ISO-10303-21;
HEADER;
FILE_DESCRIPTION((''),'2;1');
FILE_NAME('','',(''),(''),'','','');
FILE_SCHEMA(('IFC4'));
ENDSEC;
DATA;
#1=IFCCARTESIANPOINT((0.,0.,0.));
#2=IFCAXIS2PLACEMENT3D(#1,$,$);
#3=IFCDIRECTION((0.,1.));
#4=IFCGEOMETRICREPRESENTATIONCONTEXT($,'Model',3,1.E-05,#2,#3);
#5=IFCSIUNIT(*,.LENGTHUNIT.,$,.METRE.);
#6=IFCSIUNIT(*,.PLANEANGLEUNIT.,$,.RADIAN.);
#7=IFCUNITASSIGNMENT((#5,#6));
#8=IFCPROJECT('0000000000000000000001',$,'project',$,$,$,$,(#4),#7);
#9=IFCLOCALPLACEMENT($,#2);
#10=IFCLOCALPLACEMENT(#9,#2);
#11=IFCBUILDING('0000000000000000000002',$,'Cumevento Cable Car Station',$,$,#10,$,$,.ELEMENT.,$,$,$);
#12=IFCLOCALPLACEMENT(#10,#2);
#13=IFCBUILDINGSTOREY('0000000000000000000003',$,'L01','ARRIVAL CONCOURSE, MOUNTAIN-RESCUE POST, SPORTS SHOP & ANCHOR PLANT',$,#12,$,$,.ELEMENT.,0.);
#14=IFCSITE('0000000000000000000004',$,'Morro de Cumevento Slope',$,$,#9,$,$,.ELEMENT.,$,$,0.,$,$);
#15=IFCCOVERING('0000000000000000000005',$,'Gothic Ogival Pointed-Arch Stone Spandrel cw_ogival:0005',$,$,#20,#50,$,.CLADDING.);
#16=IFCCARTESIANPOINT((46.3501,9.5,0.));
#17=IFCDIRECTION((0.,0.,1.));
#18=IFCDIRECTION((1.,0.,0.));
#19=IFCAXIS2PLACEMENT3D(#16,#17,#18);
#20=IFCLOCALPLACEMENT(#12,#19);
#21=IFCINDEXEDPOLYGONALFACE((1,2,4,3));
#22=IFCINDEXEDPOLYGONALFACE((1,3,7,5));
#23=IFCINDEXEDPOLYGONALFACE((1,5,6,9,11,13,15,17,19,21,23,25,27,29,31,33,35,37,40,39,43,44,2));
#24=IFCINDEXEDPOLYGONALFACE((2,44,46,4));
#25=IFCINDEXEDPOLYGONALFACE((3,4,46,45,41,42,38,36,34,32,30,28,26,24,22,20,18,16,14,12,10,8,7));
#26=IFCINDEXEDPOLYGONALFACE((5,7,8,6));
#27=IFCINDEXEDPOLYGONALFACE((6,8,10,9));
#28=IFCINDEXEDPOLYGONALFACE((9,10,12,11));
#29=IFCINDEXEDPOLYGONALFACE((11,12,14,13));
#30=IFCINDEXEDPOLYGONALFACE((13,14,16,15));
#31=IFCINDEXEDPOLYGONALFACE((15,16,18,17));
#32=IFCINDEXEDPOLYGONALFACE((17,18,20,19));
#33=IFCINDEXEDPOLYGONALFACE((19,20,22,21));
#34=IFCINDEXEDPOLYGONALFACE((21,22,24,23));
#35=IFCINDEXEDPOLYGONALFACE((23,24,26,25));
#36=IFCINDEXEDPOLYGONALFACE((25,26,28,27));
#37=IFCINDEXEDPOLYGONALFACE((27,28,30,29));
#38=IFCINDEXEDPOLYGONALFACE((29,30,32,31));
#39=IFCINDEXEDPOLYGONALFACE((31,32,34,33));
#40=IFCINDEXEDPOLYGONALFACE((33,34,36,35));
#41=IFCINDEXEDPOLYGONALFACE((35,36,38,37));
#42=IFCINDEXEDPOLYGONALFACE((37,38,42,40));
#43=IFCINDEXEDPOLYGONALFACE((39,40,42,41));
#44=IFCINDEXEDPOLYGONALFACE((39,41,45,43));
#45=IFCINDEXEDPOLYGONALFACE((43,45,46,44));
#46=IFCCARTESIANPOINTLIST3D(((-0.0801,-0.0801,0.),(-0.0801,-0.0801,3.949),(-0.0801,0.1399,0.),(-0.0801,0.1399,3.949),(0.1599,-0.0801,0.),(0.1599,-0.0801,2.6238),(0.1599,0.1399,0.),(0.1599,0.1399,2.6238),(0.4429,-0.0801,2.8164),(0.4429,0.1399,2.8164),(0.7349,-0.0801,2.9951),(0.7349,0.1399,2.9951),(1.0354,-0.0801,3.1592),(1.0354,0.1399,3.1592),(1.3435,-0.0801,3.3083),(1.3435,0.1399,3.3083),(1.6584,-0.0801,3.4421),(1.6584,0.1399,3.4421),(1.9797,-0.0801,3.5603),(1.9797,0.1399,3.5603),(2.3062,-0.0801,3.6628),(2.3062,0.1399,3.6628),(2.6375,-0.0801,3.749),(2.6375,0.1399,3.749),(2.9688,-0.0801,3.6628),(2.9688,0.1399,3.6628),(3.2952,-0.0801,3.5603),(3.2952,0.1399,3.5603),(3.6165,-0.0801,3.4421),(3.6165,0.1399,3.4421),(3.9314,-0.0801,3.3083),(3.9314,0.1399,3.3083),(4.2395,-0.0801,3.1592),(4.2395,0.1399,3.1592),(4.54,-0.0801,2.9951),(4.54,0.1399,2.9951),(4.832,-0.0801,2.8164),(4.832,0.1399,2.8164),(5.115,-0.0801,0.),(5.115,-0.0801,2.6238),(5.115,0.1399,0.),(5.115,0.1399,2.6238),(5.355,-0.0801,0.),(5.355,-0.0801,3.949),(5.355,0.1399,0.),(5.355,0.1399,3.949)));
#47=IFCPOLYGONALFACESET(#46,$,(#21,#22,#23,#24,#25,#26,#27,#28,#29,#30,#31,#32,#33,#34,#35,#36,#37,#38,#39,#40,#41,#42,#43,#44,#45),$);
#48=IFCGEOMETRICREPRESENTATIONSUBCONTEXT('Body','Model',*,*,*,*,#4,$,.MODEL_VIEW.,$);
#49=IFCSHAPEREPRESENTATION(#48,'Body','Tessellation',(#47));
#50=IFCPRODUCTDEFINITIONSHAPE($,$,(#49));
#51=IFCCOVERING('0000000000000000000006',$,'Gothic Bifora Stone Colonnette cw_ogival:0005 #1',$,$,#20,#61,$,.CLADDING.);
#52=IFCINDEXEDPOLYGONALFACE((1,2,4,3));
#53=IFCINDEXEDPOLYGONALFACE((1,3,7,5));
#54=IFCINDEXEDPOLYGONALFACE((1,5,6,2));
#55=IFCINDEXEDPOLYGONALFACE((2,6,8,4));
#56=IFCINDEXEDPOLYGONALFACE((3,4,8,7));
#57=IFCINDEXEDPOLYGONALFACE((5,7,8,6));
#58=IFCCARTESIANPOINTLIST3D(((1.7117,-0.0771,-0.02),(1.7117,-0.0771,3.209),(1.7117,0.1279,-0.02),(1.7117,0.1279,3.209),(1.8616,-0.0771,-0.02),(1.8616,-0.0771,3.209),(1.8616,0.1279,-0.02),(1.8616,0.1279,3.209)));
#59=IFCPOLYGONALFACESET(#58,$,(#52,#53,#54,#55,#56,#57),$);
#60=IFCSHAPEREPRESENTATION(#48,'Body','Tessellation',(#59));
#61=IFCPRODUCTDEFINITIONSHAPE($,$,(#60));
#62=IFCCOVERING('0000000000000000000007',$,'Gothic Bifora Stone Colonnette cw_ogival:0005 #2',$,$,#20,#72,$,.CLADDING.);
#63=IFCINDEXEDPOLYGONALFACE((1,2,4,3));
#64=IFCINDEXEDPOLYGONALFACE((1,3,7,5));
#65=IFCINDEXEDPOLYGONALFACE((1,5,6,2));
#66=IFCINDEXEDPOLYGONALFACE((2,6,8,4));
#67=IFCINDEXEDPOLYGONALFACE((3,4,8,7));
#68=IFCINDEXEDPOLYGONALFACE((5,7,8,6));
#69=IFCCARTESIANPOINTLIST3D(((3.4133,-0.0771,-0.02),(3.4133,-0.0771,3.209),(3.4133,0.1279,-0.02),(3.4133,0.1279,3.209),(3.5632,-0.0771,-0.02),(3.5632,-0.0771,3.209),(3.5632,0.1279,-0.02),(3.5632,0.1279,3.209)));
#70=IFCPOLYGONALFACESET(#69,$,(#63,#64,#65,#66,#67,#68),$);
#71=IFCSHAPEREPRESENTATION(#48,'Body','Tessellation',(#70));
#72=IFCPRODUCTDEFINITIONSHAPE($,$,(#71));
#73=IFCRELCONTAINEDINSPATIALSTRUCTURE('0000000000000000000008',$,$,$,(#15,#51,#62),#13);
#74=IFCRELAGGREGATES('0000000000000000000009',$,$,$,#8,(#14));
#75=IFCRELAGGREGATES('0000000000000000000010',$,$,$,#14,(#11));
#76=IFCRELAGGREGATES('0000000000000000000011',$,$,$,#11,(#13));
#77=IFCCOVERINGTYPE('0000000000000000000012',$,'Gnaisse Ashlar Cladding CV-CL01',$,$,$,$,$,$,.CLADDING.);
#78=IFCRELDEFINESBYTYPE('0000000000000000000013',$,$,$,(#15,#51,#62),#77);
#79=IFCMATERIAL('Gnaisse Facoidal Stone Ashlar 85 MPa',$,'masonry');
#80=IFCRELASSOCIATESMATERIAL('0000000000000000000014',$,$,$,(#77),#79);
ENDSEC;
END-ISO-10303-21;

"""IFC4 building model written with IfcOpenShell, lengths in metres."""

from ifc_helpers import new_model, si_unit, direction, frame, origin, place, context, subcontext, project, spatial, polyline, outline, extrude, material, type_object, element, save


model = new_model("IFC4")

# Units and contexts
model_context = context("Model", 3, precision=1e-05, world=origin(), true_north=direction((0.0, 1.0)))
body_context = subcontext(model_context, "Body", "Model", "MODEL_VIEW")
ifc_project = project(units=[si_unit("LENGTHUNIT", "METRE"), si_unit("PLANEANGLEUNIT", "RADIAN")], contexts=[model_context])

# Site, building, storey
site_placement = place(None, origin())
site = spatial("IfcSite", under=ifc_project, at=site_placement, Name="Morro de Cumevento Slope", CompositionType="ELEMENT", RefElevation=0.0)
building_placement = place(site_placement, origin())
building = spatial("IfcBuilding", under=site, at=building_placement, Name="Cumevento Cable Car Station", CompositionType="ELEMENT")
storey_placement = place(building_placement, origin())
storey = spatial("IfcBuildingStorey", under=building, at=storey_placement, Name="L01", Description="ARRIVAL CONCOURSE, MOUNTAIN-RESCUE POST, SPORTS SHOP & ANCHOR PLANT", CompositionType="ELEMENT", Elevation=0.0)

# Coverings
ifc_material_1 = material(Name="Gnaisse Facoidal Stone Ashlar 85 MPa", Category="masonry")
covering_type = type_object("IfcCoveringType", Name="Gnaisse Ashlar Cladding CV-CL01", PredefinedType="CLADDING", material=ifc_material_1)
placement = place(storey_placement, frame((46.3501, 9.5, 0.0), z_axis=(0.0, 0.0, 1.0), x_axis=(1.0, 0.0, 0.0)))
element("IfcCovering", 1, at=placement, inside=storey, type_object=covering_type, Name="Gothic Ogival Pointed-Arch Stone Spandrel cw_ogival:0005", PredefinedType="CLADDING", context=body_context, shape_type="SweptSolid", body=[
    extrude(outline(polyline([(-0.0801, 0.0), (-0.0801, 3.949), (5.355, 3.949), (5.355, 0.0), (5.115, 0.0), (5.115, 2.6238), (4.832, 2.8164), (4.54, 2.9951), (4.2395, 3.1592), (3.9314, 3.3083), (3.6165, 3.4421), (3.2952, 3.5603), (2.9688, 3.6628), (2.6375, 3.749), (2.3062, 3.6628), (1.9797, 3.5603), (1.6584, 3.4421), (1.3435, 3.3083), (1.0354, 3.1592), (0.7349, 2.9951), (0.4429, 2.8164), (0.1599, 2.6238), (0.1599, 0.0), (-0.0801, 0.0)])), frame((0.0, 0.1399, 0.0), z_axis=(0.0, -1.0, 0.0), x_axis=(1.0, 0.0, 0.0)), (0.0, 0.0, 1.0), 0.22),
])
element("IfcCovering", 2, at=placement, inside=storey, type_object=covering_type, Name="Gothic Bifora Stone Colonnette cw_ogival:0005 #1", PredefinedType="CLADDING", context=body_context, shape_type="SweptSolid", body=[
    extrude(outline(polyline([(1.7117, -0.02), (1.8616, -0.02), (1.8616, 3.209), (1.7117, 3.209), (1.7117, -0.02)])), frame((0.0, 0.1279, 0.0), z_axis=(0.0, -1.0, 0.0), x_axis=(1.0, 0.0, 0.0)), (0.0, 0.0, 1.0), 0.2051),
])
element("IfcCovering", 3, at=placement, inside=storey, type_object=covering_type, Name="Gothic Bifora Stone Colonnette cw_ogival:0005 #2", PredefinedType="CLADDING", context=body_context, shape_type="SweptSolid", body=[
    extrude(outline(polyline([(3.4133, -0.02), (3.5632, -0.02), (3.5632, 3.209), (3.4133, 3.209), (3.4133, -0.02)])), frame((0.0, 0.1279, 0.0), z_axis=(0.0, -1.0, 0.0), x_axis=(1.0, 0.0, 0.0)), (0.0, 0.0, 1.0), 0.2051),
])

save(model, "model.ifc")
